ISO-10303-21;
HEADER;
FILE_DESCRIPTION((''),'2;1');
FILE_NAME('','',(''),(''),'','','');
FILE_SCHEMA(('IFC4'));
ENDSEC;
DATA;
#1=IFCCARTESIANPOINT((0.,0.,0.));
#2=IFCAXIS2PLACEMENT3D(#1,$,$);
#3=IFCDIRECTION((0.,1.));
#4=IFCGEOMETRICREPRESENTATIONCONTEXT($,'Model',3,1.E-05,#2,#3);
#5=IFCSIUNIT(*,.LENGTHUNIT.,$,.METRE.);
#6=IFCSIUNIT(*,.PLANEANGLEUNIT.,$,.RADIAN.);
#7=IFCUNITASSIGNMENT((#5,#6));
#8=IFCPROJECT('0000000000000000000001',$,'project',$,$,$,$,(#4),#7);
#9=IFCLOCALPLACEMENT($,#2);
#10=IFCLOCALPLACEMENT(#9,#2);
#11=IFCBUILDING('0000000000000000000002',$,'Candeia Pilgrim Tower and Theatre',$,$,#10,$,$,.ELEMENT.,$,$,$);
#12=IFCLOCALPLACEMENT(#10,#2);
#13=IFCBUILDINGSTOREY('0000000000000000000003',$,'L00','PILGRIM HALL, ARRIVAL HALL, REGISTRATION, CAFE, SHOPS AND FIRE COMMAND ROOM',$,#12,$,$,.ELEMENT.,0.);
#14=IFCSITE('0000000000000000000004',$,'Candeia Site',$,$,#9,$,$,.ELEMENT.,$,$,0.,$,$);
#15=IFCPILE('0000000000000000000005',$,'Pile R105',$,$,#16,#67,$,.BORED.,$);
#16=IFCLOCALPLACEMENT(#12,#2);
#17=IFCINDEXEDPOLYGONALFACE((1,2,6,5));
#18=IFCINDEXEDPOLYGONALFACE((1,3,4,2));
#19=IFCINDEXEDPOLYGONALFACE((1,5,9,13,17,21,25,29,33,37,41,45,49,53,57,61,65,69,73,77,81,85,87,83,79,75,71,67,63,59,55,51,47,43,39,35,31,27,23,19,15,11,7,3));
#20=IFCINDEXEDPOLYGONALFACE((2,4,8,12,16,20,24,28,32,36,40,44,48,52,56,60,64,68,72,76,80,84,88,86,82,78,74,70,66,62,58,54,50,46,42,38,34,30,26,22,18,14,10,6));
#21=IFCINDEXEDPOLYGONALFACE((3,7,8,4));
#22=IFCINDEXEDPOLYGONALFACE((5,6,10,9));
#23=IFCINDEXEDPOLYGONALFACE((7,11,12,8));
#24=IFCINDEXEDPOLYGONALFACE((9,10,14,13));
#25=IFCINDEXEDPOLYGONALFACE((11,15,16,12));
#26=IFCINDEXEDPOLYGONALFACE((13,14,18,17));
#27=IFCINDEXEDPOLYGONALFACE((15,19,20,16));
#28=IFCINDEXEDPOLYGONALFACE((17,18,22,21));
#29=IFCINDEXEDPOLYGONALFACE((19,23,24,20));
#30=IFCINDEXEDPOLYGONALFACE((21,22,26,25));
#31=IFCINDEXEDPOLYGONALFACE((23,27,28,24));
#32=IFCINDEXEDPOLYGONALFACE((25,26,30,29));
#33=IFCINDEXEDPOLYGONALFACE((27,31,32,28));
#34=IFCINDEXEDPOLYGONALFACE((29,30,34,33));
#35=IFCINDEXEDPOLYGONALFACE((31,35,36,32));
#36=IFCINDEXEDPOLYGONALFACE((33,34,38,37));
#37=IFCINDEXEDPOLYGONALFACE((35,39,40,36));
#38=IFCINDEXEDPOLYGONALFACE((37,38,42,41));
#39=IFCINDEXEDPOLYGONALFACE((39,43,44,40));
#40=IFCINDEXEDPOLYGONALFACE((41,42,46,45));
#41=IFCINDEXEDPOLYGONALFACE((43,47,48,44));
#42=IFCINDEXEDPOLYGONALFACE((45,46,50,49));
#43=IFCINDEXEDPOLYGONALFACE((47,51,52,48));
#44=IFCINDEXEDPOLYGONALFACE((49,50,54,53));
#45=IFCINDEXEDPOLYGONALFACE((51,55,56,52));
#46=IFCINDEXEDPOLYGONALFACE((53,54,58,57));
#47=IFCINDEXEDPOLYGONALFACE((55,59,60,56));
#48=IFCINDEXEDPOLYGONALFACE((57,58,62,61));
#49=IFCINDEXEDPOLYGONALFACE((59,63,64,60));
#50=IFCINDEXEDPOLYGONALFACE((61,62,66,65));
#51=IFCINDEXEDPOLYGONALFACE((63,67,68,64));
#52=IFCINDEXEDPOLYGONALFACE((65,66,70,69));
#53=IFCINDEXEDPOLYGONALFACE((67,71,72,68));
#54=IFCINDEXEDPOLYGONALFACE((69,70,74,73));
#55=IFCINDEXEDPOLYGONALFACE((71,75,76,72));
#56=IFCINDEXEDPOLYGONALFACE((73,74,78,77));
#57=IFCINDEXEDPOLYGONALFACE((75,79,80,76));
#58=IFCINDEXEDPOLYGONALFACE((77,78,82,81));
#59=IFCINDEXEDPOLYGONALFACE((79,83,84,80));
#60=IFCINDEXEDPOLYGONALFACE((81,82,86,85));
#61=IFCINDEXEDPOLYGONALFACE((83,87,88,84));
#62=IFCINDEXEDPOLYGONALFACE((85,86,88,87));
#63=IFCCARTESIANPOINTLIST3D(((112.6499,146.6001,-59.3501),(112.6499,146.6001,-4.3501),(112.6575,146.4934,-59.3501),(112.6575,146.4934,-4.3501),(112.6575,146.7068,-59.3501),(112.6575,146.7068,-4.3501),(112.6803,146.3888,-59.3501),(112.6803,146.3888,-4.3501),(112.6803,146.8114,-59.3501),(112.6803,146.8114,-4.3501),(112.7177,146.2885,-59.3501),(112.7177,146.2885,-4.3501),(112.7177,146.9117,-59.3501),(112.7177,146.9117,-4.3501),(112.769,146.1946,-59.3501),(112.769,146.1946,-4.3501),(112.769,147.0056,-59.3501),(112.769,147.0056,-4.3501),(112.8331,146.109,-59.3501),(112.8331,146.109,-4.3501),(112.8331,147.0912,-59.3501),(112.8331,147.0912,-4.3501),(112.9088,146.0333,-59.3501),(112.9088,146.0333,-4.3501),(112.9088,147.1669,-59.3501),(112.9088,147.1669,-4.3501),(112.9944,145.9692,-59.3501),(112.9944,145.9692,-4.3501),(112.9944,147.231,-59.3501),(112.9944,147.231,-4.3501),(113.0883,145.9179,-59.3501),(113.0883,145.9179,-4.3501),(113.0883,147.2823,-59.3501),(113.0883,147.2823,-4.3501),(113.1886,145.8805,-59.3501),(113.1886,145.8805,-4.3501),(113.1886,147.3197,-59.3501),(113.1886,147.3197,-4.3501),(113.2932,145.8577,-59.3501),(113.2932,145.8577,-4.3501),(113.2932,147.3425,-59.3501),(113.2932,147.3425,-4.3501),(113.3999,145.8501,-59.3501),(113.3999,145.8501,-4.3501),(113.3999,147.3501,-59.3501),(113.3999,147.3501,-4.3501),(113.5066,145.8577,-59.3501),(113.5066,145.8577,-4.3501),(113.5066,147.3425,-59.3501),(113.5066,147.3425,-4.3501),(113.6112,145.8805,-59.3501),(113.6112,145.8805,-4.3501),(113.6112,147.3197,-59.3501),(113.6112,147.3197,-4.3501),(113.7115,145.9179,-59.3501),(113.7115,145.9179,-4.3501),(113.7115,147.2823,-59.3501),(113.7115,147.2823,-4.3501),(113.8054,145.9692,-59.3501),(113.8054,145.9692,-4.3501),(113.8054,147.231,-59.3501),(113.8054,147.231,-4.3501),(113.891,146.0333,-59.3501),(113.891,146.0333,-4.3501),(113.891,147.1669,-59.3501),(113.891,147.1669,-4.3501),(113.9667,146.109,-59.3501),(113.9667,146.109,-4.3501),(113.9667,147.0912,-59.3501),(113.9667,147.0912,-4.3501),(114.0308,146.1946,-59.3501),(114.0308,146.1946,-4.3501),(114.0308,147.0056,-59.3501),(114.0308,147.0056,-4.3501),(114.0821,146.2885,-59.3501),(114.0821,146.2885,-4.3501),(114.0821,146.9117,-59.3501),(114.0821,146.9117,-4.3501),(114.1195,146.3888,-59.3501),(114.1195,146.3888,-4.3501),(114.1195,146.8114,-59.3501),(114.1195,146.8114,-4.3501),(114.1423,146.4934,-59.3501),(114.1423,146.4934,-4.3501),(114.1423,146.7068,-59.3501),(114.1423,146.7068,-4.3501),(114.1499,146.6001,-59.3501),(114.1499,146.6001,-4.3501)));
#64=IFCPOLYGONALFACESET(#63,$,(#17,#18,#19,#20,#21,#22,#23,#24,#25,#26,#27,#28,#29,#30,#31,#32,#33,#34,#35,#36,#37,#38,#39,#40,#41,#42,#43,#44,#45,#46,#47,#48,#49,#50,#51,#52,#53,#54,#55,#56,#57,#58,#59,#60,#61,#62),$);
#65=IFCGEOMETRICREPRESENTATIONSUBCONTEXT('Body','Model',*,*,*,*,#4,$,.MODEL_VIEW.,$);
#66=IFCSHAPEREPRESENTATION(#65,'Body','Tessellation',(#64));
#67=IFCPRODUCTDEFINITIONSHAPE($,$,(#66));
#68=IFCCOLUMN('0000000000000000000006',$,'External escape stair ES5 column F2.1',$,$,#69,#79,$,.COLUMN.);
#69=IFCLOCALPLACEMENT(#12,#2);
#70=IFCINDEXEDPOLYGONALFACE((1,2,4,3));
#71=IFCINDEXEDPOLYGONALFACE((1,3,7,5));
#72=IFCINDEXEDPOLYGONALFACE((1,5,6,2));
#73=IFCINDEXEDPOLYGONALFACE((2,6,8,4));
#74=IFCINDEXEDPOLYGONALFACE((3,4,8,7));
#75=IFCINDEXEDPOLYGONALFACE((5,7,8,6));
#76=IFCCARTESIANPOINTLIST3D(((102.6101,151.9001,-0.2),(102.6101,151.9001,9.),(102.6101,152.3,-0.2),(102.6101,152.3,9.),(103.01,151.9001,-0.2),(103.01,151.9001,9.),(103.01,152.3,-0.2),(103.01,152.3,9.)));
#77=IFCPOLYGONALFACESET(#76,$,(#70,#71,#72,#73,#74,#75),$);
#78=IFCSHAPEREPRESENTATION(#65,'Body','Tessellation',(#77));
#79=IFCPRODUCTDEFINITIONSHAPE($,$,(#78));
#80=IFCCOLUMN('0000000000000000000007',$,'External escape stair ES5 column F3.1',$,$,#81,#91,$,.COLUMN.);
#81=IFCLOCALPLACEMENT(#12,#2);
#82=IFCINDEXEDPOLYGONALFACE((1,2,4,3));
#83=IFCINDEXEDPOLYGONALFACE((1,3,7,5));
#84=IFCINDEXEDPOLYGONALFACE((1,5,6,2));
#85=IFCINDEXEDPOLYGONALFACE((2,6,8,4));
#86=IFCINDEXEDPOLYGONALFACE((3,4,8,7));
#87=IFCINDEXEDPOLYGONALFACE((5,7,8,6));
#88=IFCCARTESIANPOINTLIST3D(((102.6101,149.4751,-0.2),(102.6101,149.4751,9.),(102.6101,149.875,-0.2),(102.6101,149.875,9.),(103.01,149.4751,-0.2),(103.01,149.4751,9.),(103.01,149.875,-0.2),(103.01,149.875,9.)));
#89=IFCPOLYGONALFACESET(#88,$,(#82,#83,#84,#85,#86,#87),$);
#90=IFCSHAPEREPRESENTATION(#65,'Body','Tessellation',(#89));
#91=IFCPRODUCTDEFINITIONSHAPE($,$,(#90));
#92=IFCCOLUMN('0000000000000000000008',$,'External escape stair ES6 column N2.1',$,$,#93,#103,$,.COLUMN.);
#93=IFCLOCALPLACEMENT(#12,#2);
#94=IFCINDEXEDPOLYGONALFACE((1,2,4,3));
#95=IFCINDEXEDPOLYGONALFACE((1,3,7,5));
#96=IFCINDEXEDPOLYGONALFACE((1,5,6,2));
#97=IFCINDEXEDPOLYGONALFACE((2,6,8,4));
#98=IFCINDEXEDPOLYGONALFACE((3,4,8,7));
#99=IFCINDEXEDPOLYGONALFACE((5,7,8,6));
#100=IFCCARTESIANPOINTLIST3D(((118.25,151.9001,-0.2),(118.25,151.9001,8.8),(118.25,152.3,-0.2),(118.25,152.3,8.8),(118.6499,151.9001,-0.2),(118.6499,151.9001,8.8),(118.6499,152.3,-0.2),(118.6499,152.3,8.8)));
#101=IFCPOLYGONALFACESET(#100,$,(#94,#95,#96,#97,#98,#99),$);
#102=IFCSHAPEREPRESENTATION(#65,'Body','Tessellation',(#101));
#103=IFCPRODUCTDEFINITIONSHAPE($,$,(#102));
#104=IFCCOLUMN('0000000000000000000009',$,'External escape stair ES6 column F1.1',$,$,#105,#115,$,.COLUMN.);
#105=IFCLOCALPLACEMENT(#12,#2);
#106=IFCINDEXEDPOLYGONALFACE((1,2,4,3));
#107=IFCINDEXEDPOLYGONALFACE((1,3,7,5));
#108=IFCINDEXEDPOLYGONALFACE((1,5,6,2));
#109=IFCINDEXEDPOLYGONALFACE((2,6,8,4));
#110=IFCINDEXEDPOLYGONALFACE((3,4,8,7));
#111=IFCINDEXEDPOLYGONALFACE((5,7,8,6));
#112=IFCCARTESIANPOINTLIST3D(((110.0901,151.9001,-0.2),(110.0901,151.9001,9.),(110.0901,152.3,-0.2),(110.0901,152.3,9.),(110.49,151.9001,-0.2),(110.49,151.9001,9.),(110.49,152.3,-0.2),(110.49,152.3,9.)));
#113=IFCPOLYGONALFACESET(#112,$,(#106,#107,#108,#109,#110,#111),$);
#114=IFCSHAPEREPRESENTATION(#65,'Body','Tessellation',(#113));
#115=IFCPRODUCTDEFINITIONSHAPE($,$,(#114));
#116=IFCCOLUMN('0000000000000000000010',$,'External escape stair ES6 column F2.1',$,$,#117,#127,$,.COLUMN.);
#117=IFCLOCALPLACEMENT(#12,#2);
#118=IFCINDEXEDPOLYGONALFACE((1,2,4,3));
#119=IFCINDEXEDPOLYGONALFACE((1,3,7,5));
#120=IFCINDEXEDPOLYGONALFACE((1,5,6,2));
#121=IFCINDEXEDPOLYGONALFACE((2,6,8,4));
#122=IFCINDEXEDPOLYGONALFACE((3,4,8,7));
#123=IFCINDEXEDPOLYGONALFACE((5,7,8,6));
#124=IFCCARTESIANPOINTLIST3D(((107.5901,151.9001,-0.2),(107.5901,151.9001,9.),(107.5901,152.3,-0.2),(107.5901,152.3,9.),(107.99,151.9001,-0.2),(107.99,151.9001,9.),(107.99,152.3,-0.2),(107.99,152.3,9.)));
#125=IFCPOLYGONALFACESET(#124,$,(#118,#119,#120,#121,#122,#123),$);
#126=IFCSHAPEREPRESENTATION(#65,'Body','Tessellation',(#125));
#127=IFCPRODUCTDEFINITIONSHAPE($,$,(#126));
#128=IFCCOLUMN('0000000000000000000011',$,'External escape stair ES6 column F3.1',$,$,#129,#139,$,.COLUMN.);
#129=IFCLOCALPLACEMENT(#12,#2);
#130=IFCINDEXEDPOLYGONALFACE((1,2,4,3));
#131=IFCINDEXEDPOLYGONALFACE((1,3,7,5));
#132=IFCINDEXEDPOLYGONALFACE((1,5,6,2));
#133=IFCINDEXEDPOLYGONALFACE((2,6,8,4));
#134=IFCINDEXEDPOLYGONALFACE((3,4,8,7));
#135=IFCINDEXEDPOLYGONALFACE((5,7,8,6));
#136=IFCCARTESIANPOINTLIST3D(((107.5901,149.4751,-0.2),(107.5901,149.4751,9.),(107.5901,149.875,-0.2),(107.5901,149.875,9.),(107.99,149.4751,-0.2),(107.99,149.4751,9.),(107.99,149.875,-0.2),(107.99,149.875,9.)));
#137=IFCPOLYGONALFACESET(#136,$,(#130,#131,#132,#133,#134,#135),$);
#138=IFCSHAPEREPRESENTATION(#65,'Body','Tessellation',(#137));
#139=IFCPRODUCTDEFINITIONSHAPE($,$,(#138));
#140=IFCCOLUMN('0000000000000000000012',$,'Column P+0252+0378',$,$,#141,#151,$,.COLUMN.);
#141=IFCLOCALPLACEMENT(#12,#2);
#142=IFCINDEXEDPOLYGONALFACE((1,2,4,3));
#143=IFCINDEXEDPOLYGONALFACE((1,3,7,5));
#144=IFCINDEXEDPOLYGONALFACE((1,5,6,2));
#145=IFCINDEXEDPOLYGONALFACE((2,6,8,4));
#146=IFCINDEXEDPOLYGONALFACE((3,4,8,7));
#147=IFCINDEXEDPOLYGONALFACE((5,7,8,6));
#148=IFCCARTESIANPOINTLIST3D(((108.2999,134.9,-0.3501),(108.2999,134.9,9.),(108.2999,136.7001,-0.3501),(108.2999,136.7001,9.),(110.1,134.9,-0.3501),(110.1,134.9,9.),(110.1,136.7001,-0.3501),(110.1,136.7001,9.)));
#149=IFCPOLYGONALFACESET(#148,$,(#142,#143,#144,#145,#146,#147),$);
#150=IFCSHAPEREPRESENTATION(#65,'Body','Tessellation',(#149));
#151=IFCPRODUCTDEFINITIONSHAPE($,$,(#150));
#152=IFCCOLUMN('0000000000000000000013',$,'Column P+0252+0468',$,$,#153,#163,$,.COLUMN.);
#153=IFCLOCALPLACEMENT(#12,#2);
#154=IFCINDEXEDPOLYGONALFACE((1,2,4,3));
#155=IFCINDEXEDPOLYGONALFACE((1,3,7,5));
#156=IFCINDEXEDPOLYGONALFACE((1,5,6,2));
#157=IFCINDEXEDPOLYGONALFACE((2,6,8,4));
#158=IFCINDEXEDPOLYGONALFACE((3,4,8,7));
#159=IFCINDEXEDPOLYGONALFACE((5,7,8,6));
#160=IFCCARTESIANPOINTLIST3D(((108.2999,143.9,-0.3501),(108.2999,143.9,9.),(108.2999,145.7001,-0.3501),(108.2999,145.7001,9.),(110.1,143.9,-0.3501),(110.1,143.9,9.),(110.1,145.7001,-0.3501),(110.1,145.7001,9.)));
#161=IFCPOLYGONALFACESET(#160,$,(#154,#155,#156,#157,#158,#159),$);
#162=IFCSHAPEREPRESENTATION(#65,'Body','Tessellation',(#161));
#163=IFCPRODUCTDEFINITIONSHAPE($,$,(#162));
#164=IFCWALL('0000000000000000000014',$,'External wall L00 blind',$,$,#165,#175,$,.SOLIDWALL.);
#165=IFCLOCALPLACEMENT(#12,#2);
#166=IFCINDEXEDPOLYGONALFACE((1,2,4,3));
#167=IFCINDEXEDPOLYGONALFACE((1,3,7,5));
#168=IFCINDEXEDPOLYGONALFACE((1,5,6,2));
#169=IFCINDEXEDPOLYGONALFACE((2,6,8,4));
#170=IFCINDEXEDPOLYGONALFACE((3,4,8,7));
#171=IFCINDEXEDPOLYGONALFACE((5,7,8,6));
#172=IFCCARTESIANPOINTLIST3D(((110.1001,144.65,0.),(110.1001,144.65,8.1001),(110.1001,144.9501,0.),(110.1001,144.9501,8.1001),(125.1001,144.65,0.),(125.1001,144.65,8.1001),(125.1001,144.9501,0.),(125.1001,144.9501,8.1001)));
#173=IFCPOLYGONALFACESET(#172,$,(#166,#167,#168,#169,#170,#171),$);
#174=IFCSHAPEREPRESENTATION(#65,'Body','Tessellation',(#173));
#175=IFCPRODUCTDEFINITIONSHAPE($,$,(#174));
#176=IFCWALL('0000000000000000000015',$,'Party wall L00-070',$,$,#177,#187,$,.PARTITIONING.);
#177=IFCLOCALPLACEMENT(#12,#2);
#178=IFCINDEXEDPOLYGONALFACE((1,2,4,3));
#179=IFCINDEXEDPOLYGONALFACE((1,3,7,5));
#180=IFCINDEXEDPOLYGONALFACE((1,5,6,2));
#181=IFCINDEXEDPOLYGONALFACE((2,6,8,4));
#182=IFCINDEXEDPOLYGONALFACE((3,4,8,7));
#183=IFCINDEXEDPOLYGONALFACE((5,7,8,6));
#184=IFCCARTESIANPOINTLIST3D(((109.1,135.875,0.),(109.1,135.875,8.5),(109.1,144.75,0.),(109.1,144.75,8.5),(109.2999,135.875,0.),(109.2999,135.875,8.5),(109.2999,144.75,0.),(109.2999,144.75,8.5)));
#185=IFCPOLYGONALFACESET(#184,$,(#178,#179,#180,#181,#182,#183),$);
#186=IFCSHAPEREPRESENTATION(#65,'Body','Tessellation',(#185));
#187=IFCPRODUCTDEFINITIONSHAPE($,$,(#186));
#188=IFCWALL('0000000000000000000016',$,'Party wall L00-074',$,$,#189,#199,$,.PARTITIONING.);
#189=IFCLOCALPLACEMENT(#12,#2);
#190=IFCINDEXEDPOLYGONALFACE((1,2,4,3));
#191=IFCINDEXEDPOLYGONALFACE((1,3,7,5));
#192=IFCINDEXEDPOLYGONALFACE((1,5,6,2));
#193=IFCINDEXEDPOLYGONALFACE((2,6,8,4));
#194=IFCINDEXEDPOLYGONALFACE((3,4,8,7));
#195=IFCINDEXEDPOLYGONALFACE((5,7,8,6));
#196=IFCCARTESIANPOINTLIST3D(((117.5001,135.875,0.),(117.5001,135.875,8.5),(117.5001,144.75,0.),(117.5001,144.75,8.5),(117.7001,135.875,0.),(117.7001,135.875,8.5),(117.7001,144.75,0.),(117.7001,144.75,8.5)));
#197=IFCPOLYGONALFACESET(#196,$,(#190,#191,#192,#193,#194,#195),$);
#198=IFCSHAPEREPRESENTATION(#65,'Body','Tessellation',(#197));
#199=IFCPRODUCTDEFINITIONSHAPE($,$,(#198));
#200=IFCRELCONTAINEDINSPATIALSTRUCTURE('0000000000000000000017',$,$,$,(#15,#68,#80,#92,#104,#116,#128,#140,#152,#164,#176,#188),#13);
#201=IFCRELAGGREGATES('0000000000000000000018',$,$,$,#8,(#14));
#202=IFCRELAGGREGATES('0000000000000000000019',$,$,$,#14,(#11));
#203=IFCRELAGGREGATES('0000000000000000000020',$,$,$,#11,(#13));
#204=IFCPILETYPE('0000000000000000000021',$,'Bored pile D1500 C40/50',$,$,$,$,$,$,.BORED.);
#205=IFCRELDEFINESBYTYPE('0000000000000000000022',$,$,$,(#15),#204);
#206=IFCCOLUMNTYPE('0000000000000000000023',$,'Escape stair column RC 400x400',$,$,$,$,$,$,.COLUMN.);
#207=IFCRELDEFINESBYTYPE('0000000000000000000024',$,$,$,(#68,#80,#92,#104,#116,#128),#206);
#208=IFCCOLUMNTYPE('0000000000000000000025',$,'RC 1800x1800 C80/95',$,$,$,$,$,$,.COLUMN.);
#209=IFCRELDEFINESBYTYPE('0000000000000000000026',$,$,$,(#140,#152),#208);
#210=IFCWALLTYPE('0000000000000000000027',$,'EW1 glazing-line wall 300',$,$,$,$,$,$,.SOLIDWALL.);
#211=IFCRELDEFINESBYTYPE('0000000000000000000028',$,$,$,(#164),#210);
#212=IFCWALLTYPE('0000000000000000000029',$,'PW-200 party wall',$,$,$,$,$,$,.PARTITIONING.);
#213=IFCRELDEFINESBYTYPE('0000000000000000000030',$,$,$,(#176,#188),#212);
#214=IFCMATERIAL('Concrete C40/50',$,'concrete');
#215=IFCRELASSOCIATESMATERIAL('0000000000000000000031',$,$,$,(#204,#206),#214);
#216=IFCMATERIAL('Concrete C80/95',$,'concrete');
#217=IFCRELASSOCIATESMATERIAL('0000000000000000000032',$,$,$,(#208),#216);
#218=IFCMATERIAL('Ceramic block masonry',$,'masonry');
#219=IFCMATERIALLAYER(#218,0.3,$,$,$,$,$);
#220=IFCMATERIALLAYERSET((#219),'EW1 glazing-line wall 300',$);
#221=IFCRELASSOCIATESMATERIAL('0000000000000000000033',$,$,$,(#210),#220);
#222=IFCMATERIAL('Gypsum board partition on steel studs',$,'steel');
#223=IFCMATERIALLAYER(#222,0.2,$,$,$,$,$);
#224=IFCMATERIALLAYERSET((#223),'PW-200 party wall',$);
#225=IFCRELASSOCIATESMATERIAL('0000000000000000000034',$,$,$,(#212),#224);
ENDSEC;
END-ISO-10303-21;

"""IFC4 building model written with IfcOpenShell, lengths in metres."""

from ifc_helpers import new_model, si_unit, direction, frame, frame_2d, origin, origin_2d, place, context, subcontext, project, spatial, rectangle, circle, extrude, material, layer, layer_set, material_profile, profile_set, type_object, element, save


model = new_model("IFC4")

# Units and contexts
model_context = context("Model", 3, precision=1e-05, world=origin(), true_north=direction((0.0, 1.0)))
body_context = subcontext(model_context, "Body", "Model", "MODEL_VIEW")
ifc_project = project(units=[si_unit("LENGTHUNIT", "METRE"), si_unit("PLANEANGLEUNIT", "RADIAN")], contexts=[model_context])

# Site, building, storey
site_placement = place(None, origin())
site = spatial("IfcSite", under=ifc_project, at=site_placement, Name="Candeia Site", CompositionType="ELEMENT", RefElevation=0.0)
building_placement = place(site_placement, origin())
building = spatial("IfcBuilding", under=site, at=building_placement, Name="Candeia Pilgrim Tower and Theatre", CompositionType="ELEMENT")
storey_placement = place(building_placement, origin())
storey = spatial("IfcBuildingStorey", under=building, at=storey_placement, Name="L00", Description="PILGRIM HALL, ARRIVAL HALL, REGISTRATION, CAFE, SHOPS AND FIRE COMMAND ROOM", CompositionType="ELEMENT", Elevation=0.0)

# Pile
ifc_material_1 = material(Name="Concrete C40/50", Category="concrete")
ifc_material_profile_1 = material_profile(ifc_material_1, circle(Radius=0.75, at=origin_2d()))
ifc_profile_set_1 = profile_set([ifc_material_profile_1], Name="Concrete C40/50")
pile_type = type_object("IfcPileType", Name="Bored pile D1500 C40/50", PredefinedType="BORED", material=ifc_profile_set_1)
for number, where, z_axis, x_axis, name in (
    (1, (113.3999, 146.6001, -4.3501), (0.0, 0.0, -1.0), (1.0, 0.0, 0.0), "Pile R105"),
):
    element("IfcPile", number, at=place(storey_placement, frame(where, z_axis=z_axis, x_axis=x_axis)), inside=storey, type_object=pile_type, Name=name, PredefinedType="BORED", context=body_context, shape_type="SweptSolid", body=[
        extrude(circle(Radius=0.75, at=origin_2d()), origin(), (0.0, 0.0, 1.0), 55.0),
    ])

# Columns
ifc_material_profile_2 = material_profile(ifc_material_1, rectangle(XDim=0.3999, YDim=0.3999, at=origin_2d()))
ifc_profile_set_2 = profile_set([ifc_material_profile_2], Name="Concrete C40/50")
column_type_1 = type_object("IfcColumnType", Name="Escape stair column RC 400x400", PredefinedType="COLUMN", material=ifc_profile_set_2)
for number, where, z_axis, x_axis, name in (
    (2, (102.8101, 152.1001, -0.2), (0.0, 0.0, 1.0), (1.0, 0.0, 0.0), "External escape stair ES5 column F2.1"),
    (3, (102.8101, 149.675, -0.2), (0.0, 0.0, 1.0), (1.0, 0.0, 0.0), "External escape stair ES5 column F3.1"),
):
    element("IfcColumn", number, at=place(storey_placement, frame(where, z_axis=z_axis, x_axis=x_axis)), inside=storey, type_object=column_type_1, Name=name, PredefinedType="COLUMN", context=body_context, shape_type="SweptSolid", body=[
        extrude(rectangle(XDim=0.3999, YDim=0.3999, at=origin_2d()), origin(), (0.0, 0.0, 1.0), 9.2),
    ])
column_placement = place(storey_placement, frame((118.45, 152.1001, -0.2), z_axis=(0.0, 0.0, 1.0), x_axis=(1.0, 0.0, 0.0)))
element("IfcColumn", 4, at=column_placement, inside=storey, type_object=column_type_1, Name="External escape stair ES6 column N2.1", PredefinedType="COLUMN", context=body_context, shape_type="SweptSolid", body=[
    extrude(rectangle(XDim=0.3999, YDim=0.3999, at=origin_2d()), origin(), (0.0, 0.0, 1.0), 9.0),
])
for number, where, z_axis, x_axis, name in (
    (5, (110.29, 152.1001, -0.2), (0.0, 0.0, 1.0), (1.0, 0.0, 0.0), "External escape stair ES6 column F1.1"),
    (6, (107.79, 152.1001, -0.2), (0.0, 0.0, 1.0), (1.0, 0.0, 0.0), "External escape stair ES6 column F2.1"),
    (7, (107.79, 149.675, -0.2), (0.0, 0.0, 1.0), (1.0, 0.0, 0.0), "External escape stair ES6 column F3.1"),
):
    element("IfcColumn", number, at=place(storey_placement, frame(where, z_axis=z_axis, x_axis=x_axis)), inside=storey, type_object=column_type_1, Name=name, PredefinedType="COLUMN", context=body_context, shape_type="SweptSolid", body=[
        extrude(rectangle(XDim=0.3999, YDim=0.3999, at=origin_2d()), origin(), (0.0, 0.0, 1.0), 9.2),
    ])
ifc_material_2 = material(Name="Concrete C80/95", Category="concrete")
ifc_material_profile_3 = material_profile(ifc_material_2, rectangle(XDim=1.8, YDim=1.8, at=origin_2d()))
ifc_profile_set_3 = profile_set([ifc_material_profile_3], Name="Concrete C80/95")
column_type_2 = type_object("IfcColumnType", Name="RC 1800x1800 C80/95", PredefinedType="COLUMN", material=ifc_profile_set_3)
for number, where, z_axis, x_axis, name in (
    (8, (109.2, 135.8, -0.3501), (0.0, 0.0, 1.0), (1.0, 0.0, 0.0), "Column P+0252+0378"),
    (9, (109.2, 144.8, -0.3501), (0.0, 0.0, 1.0), (1.0, 0.0, 0.0), "Column P+0252+0468"),
):
    element("IfcColumn", number, at=place(storey_placement, frame(where, z_axis=z_axis, x_axis=x_axis)), inside=storey, type_object=column_type_2, Name=name, PredefinedType="COLUMN", context=body_context, shape_type="SweptSolid", body=[
        extrude(rectangle(XDim=1.8, YDim=1.8, at=origin_2d()), origin(), (0.0, 0.0, 1.0), 9.3501),
    ])

# Walls
ifc_material_3 = material(Name="Ceramic block masonry", Category="masonry")
ifc_layer_1 = layer(ifc_material_3, 0.3)
ifc_layer_set_1 = layer_set([ifc_layer_1], Name="EW1 glazing-line wall 300")
wall_type_1 = type_object("IfcWallType", Name="EW1 glazing-line wall 300", PredefinedType="SOLIDWALL", material=ifc_layer_set_1)
wall_placement = place(storey_placement, frame((110.1001, 144.8, 0.0), z_axis=(0.0, 0.0, 1.0), x_axis=(1.0, 0.0, 0.0)))
element("IfcWall", 10, at=wall_placement, inside=storey, type_object=wall_type_1, Name="External wall L00 blind", PredefinedType="SOLIDWALL", context=body_context, shape_type="SweptSolid", body=[
    extrude(rectangle(XDim=15.0, YDim=0.3, at=frame_2d((7.5, 0.0))), origin(), (0.0, 0.0, 1.0), 8.1001),
])
ifc_material_4 = material(Name="Gypsum board partition on steel studs", Category="steel")
ifc_layer_2 = layer(ifc_material_4, 0.2)
ifc_layer_set_2 = layer_set([ifc_layer_2], Name="PW-200 party wall")
wall_type_2 = type_object("IfcWallType", Name="PW-200 party wall", PredefinedType="PARTITIONING", material=ifc_layer_set_2)
for number, where, z_axis, x_axis, name in (
    (11, (109.2, 135.875, 0.0), (0.0, 0.0, 1.0), (0.0, 1.0, 0.0), "Party wall L00-070"),
    (12, (117.6001, 135.875, 0.0), (0.0, 0.0, 1.0), (0.0, 1.0, 0.0), "Party wall L00-074"),
):
    element("IfcWall", number, at=place(storey_placement, frame(where, z_axis=z_axis, x_axis=x_axis)), inside=storey, type_object=wall_type_2, Name=name, PredefinedType="PARTITIONING", context=body_context, shape_type="SweptSolid", body=[
        extrude(rectangle(XDim=8.875, YDim=0.2, at=frame_2d((4.4375, 0.0))), origin(), (0.0, 0.0, 1.0), 8.5),
    ])

save(model, "model.ifc")
